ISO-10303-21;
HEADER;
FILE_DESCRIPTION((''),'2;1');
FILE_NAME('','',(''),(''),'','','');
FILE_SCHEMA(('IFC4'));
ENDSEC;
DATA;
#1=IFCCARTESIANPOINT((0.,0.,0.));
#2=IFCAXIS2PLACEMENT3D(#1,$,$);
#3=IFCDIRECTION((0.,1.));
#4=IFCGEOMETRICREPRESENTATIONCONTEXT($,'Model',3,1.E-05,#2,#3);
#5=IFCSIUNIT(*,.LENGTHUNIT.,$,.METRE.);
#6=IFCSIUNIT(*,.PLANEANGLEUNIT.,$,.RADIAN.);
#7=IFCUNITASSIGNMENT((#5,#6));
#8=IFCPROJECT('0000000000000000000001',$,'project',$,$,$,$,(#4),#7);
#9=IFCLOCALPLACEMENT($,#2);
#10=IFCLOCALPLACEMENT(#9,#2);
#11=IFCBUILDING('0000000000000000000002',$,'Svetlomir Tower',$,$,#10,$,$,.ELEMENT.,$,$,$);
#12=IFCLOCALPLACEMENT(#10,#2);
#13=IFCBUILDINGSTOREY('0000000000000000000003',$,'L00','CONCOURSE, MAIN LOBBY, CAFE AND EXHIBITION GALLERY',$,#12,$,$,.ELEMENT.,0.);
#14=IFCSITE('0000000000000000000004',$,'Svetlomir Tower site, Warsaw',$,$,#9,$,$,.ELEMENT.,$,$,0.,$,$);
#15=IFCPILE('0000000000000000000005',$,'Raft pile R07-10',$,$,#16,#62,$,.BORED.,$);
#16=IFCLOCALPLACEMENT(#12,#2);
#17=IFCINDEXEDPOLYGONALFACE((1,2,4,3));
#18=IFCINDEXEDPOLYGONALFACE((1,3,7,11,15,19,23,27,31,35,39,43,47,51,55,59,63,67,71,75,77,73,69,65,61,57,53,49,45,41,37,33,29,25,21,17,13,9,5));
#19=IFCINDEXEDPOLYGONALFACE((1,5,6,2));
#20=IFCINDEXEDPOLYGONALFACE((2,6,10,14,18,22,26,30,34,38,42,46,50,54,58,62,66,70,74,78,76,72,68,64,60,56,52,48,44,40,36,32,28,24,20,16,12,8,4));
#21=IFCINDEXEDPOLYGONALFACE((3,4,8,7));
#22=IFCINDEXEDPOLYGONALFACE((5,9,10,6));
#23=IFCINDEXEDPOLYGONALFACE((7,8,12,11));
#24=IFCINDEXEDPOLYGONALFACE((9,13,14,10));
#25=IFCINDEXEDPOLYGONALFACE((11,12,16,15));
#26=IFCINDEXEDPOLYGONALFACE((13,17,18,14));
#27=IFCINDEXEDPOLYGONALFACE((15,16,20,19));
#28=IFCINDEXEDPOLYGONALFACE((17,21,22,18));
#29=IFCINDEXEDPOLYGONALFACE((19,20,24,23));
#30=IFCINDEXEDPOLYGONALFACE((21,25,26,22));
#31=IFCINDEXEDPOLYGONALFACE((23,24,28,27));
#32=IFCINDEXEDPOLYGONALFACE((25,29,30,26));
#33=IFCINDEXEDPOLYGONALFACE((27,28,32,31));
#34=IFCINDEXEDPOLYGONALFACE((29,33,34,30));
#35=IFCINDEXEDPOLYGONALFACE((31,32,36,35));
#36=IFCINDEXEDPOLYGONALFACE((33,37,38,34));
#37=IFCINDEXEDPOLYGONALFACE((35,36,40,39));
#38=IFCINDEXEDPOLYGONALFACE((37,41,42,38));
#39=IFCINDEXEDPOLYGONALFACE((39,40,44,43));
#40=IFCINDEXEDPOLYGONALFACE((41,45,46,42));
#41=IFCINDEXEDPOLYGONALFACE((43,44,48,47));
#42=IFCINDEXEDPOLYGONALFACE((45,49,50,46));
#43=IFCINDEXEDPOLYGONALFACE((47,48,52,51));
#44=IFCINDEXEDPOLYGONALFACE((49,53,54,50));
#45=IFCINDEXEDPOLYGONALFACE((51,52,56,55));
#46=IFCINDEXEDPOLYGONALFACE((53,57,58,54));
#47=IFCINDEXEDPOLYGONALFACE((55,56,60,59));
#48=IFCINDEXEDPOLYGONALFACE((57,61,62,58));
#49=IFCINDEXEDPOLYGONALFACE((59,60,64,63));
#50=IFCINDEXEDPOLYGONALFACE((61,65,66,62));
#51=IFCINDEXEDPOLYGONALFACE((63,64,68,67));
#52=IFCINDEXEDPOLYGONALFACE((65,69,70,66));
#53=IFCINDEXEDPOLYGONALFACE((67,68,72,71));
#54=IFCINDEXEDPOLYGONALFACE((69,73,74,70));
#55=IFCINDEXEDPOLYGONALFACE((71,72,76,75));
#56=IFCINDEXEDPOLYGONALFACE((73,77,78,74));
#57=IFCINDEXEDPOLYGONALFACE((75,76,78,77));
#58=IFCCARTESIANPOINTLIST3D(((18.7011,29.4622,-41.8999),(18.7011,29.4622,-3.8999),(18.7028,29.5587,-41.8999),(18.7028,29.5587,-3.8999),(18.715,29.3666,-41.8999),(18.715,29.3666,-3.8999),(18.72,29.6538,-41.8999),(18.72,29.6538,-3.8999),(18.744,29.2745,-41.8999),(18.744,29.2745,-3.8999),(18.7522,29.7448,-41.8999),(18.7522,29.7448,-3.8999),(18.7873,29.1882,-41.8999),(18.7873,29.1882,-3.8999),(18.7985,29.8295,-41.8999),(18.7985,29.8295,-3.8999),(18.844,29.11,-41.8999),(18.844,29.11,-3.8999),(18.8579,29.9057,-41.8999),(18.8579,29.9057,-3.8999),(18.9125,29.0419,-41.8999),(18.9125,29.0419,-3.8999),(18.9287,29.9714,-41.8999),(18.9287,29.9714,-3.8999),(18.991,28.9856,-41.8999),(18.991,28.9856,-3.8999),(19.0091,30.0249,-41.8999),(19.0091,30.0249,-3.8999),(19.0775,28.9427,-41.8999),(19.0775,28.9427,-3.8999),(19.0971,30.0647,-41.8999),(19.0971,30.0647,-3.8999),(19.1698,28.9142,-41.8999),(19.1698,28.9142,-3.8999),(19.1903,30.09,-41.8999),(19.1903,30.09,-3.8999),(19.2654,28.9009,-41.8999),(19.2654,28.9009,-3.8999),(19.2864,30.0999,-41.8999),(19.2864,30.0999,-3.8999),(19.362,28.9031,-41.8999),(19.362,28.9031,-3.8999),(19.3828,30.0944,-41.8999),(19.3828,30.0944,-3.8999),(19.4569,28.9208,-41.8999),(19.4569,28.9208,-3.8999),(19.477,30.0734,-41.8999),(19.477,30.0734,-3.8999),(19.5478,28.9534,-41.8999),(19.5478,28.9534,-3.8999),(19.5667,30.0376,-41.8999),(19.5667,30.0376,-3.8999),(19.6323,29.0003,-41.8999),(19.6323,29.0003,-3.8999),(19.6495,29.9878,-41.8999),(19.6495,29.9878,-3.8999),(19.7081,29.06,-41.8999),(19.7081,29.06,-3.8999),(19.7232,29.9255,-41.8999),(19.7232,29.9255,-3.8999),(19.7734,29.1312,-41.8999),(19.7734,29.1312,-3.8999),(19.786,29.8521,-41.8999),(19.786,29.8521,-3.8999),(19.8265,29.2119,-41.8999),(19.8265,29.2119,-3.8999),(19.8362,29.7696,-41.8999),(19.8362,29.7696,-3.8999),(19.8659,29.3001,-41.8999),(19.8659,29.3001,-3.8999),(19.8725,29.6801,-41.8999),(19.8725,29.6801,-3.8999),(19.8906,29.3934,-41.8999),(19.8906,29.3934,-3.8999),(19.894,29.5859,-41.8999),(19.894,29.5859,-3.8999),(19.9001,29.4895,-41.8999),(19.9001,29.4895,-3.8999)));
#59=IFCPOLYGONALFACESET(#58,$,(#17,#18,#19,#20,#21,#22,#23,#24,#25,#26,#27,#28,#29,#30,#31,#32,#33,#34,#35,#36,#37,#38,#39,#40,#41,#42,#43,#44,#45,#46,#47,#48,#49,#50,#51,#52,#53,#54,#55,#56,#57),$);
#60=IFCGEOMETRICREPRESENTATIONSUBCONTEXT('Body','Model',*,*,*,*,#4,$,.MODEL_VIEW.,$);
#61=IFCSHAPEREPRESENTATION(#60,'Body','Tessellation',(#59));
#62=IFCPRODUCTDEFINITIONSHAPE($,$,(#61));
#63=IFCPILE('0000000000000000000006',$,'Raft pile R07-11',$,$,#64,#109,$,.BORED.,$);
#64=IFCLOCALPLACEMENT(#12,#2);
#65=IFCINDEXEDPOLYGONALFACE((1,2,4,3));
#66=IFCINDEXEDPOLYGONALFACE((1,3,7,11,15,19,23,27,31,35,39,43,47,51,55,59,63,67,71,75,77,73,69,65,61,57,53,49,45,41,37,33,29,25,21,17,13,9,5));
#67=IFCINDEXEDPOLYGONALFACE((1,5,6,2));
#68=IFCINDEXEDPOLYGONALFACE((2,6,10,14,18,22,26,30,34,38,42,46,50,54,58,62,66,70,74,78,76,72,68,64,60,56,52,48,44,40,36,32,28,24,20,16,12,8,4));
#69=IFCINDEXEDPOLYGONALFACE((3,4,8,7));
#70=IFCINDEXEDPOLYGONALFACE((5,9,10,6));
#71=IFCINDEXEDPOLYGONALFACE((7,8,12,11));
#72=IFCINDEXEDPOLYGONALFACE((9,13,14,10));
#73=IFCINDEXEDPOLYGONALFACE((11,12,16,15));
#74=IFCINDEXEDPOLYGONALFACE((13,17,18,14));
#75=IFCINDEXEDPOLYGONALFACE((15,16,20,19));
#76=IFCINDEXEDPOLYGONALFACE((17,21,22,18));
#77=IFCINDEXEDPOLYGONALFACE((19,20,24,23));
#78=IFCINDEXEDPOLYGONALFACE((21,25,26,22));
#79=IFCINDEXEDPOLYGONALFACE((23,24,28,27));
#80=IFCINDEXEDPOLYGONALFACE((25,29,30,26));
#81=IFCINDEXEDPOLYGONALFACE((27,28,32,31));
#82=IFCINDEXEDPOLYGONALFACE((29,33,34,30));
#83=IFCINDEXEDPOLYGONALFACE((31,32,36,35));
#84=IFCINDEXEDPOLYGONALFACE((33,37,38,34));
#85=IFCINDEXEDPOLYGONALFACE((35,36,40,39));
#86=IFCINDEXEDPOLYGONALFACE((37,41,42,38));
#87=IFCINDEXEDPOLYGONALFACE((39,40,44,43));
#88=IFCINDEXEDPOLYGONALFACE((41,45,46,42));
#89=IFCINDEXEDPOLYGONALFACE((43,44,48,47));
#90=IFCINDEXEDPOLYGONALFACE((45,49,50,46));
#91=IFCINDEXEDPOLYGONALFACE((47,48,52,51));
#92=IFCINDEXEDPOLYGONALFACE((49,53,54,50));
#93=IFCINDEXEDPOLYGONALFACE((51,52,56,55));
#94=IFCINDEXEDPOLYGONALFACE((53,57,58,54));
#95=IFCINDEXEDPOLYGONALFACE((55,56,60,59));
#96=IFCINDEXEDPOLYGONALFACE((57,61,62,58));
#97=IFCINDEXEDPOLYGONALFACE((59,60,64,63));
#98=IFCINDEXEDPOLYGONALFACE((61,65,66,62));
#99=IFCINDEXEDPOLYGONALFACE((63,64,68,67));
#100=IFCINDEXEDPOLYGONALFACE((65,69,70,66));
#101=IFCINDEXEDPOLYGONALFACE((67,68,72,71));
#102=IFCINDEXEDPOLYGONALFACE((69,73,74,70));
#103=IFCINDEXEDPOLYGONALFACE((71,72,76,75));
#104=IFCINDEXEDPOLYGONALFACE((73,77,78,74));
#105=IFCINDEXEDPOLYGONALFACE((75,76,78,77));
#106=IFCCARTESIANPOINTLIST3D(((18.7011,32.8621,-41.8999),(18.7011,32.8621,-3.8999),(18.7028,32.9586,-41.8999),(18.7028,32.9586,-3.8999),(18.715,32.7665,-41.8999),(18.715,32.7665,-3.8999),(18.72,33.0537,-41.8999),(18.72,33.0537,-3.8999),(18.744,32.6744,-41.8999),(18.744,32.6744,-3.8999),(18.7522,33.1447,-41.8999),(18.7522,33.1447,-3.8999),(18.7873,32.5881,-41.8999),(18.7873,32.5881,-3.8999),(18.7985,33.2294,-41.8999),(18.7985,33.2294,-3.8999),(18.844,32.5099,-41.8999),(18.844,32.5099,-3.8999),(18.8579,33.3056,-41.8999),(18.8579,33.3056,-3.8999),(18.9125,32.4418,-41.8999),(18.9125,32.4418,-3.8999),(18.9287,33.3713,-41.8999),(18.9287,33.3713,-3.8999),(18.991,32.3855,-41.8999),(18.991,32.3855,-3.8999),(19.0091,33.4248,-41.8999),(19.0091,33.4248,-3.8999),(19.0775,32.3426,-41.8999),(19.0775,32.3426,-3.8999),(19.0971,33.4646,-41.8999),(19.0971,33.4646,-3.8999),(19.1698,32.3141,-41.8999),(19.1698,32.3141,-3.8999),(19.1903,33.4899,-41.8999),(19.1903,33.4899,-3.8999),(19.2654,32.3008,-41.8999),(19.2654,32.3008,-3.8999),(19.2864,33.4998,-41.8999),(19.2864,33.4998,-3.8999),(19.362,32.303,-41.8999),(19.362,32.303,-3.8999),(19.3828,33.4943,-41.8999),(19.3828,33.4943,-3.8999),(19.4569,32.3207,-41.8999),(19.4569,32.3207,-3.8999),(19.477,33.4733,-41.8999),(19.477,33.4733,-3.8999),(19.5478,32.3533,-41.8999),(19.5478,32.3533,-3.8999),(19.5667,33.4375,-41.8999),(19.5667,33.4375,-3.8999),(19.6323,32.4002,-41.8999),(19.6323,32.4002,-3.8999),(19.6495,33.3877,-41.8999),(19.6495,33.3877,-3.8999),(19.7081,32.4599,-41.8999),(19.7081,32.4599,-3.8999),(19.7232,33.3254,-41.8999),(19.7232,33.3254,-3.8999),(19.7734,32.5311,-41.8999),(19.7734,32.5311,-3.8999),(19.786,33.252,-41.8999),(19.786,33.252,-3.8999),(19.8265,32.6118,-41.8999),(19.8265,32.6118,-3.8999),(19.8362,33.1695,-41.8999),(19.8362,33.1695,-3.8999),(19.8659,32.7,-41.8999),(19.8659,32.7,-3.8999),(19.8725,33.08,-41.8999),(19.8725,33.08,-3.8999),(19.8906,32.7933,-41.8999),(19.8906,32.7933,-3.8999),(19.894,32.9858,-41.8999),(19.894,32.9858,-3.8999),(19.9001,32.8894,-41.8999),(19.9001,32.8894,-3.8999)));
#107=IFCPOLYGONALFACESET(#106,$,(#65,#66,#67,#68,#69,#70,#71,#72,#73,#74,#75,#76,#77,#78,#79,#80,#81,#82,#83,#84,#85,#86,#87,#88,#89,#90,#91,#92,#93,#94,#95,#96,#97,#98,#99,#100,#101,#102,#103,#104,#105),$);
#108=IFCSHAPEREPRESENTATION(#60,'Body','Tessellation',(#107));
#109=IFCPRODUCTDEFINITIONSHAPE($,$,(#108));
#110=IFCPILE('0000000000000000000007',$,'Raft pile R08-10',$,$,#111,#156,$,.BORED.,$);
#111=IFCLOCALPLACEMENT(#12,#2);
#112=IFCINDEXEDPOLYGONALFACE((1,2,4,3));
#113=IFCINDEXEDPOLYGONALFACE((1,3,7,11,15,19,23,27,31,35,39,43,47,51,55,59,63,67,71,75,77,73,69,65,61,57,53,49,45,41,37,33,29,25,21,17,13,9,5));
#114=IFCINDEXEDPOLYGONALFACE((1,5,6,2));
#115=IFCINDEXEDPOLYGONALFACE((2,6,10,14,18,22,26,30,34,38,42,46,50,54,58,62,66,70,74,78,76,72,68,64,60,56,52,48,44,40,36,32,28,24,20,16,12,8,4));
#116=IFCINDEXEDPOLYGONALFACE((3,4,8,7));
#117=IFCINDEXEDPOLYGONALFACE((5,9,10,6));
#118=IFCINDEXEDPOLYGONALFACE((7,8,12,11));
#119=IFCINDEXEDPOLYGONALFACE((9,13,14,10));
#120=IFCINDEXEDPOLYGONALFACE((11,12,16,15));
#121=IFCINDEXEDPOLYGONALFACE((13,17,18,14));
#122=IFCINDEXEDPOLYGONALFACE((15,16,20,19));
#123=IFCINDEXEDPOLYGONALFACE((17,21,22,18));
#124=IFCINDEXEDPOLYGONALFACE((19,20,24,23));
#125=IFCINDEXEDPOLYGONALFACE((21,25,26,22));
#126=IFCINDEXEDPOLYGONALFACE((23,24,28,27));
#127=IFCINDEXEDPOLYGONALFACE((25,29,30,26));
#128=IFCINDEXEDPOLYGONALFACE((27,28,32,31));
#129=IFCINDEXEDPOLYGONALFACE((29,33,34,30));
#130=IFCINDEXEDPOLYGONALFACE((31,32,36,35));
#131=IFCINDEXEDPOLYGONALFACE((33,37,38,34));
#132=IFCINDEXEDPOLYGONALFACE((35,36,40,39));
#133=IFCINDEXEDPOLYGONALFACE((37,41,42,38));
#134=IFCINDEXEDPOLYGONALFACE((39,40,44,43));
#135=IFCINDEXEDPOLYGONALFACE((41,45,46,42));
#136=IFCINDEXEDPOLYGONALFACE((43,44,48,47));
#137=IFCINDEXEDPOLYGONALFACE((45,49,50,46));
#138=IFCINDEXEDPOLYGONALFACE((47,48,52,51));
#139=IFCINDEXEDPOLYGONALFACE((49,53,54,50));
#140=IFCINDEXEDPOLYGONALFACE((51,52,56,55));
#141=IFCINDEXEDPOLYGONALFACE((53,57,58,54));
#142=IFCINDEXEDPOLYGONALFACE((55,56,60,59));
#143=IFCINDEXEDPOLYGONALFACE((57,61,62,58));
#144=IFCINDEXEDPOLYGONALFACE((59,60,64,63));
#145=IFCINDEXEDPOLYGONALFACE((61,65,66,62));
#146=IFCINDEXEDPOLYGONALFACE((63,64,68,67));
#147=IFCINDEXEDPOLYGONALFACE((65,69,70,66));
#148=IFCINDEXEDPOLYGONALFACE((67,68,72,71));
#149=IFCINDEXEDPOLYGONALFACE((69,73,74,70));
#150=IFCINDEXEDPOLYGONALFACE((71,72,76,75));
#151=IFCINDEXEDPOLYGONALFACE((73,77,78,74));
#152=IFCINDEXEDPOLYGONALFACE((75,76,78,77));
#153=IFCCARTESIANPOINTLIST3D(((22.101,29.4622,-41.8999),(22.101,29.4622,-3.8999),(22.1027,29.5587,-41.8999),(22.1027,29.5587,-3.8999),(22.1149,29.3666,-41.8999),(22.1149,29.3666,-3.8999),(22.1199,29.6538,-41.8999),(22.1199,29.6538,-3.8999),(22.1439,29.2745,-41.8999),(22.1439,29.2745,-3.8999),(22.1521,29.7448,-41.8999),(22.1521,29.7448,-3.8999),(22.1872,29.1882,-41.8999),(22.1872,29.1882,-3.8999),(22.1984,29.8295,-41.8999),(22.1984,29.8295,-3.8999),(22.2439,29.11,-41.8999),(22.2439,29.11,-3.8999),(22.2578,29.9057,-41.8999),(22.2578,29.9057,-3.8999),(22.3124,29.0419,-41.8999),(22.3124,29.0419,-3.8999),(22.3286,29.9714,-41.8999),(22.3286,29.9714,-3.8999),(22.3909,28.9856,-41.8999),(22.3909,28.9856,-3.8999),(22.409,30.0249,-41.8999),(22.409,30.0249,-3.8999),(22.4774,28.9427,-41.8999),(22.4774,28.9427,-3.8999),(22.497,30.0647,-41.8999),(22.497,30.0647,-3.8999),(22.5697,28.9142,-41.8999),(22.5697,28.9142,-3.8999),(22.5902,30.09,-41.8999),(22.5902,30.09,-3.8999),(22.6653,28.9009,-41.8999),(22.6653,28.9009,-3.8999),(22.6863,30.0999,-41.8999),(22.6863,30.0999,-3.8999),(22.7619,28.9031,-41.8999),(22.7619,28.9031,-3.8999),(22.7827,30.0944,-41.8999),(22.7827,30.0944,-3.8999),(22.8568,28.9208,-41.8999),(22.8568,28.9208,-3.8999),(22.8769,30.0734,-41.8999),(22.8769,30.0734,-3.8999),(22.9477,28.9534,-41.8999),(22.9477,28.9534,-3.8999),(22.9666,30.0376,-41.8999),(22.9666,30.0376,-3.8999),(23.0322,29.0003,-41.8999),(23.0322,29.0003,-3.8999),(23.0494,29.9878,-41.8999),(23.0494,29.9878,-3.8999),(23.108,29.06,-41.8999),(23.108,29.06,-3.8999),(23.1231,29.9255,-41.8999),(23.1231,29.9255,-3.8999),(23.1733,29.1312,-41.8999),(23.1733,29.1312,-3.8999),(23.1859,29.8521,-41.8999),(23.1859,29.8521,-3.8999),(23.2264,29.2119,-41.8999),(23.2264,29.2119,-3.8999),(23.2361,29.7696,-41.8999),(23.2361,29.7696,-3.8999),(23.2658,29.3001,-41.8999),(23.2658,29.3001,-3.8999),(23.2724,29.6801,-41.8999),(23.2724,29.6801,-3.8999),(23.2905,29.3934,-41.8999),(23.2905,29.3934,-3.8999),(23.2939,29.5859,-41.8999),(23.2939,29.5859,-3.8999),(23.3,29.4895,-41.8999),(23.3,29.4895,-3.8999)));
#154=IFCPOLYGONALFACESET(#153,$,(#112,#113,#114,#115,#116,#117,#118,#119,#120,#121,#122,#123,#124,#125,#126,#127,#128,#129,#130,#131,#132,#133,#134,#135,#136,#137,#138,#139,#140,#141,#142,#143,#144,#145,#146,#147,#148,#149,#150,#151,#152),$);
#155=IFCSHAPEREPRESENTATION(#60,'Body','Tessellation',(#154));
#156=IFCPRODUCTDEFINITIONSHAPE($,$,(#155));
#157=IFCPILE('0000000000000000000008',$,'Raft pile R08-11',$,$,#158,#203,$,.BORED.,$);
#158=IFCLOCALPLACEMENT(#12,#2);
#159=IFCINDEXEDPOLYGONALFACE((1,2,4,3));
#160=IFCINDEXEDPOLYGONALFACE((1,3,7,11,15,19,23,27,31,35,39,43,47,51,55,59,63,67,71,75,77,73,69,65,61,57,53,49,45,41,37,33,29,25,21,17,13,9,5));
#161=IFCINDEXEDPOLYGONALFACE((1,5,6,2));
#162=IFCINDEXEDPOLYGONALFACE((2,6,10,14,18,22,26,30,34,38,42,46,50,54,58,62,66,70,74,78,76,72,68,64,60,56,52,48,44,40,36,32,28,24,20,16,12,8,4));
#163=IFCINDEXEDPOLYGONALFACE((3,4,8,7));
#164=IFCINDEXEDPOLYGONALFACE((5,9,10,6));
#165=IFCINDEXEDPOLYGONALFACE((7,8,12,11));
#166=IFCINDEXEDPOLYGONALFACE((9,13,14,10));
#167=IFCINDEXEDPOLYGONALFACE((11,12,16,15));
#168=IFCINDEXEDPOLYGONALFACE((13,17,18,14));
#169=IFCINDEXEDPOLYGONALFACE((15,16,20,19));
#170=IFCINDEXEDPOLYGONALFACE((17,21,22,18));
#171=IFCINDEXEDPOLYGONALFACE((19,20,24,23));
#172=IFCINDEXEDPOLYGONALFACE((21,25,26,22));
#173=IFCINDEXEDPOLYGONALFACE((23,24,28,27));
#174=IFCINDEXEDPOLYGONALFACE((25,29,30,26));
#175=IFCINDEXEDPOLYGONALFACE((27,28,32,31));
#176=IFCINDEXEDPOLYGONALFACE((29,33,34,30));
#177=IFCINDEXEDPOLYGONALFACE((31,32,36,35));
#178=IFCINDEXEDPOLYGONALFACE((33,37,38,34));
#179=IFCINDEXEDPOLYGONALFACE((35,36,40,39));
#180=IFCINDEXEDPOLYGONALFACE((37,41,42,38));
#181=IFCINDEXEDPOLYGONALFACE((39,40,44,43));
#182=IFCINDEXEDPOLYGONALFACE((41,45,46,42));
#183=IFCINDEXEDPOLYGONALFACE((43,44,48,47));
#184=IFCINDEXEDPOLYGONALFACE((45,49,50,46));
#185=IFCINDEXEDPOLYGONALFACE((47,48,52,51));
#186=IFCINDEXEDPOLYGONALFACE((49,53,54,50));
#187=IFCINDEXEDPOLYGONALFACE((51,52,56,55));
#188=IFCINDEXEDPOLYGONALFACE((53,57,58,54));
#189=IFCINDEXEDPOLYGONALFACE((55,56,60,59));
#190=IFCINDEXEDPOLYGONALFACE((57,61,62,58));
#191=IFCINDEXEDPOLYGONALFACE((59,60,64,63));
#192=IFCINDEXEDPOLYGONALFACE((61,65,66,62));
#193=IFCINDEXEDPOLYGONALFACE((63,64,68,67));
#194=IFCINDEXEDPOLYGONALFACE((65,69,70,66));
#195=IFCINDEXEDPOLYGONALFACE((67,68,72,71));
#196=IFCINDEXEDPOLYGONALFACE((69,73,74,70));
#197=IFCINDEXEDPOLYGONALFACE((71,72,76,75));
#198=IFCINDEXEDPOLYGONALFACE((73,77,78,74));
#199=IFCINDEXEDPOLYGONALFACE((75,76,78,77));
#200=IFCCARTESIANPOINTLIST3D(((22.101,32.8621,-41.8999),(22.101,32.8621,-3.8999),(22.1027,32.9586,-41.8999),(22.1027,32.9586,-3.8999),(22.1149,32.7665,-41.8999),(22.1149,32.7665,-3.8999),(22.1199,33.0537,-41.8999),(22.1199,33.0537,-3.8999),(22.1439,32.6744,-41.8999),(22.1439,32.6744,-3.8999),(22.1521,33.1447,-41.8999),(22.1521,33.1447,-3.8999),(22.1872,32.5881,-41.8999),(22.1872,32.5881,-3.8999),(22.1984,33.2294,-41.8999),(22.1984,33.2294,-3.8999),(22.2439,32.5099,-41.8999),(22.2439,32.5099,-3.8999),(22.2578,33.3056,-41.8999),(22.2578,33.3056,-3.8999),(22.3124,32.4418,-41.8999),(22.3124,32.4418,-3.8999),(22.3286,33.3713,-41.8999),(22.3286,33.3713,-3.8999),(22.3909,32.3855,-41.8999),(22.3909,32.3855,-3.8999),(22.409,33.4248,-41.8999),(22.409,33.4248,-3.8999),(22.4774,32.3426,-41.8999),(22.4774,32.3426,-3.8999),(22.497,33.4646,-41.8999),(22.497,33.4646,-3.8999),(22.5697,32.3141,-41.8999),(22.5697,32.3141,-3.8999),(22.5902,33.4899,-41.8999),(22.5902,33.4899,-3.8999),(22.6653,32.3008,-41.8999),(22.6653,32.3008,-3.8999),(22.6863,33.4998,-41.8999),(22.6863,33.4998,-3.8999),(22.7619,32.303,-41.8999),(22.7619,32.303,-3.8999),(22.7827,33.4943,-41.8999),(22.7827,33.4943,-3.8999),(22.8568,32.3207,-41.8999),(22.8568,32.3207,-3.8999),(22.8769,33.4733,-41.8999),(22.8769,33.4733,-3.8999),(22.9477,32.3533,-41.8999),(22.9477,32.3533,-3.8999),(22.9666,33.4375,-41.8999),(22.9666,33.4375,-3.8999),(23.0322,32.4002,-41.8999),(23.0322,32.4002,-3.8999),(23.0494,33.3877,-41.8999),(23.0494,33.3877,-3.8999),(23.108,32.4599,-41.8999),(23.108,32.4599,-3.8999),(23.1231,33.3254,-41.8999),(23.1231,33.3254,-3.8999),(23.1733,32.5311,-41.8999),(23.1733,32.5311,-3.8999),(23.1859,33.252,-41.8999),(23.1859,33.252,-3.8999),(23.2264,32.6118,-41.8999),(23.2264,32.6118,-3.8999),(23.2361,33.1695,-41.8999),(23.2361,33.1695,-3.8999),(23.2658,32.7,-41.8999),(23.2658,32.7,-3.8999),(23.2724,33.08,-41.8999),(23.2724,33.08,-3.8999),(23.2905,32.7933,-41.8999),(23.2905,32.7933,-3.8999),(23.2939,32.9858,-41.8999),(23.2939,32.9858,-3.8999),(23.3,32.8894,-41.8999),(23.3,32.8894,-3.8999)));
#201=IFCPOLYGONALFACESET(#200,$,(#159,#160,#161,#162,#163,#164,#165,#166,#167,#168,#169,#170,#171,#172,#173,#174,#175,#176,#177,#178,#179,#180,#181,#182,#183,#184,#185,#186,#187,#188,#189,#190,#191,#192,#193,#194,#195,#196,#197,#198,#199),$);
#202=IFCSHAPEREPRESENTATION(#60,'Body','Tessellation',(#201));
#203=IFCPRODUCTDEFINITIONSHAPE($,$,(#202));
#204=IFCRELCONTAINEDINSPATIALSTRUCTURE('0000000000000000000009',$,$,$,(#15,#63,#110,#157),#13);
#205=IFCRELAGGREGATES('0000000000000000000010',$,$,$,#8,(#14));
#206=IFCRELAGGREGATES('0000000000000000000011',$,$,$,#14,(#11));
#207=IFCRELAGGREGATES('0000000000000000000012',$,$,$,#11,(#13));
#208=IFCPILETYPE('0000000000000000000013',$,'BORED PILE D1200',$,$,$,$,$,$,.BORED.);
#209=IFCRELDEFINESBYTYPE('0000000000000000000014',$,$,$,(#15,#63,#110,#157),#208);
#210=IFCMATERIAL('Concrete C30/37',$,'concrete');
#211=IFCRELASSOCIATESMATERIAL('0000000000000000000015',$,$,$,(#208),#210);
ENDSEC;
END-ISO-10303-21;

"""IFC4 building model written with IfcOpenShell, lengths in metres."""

from ifc_helpers import new_model, si_unit, direction, frame, frame_2d, origin, origin_2d, place, context, subcontext, project, spatial, circle, extrude, material, material_profile, profile_set, type_object, element, save


model = new_model("IFC4")

# Units and contexts
model_context = context("Model", 3, precision=1e-05, world=origin(), true_north=direction((0.0, 1.0)))
body_context = subcontext(model_context, "Body", "Model", "MODEL_VIEW")
ifc_project = project(units=[si_unit("LENGTHUNIT", "METRE"), si_unit("PLANEANGLEUNIT", "RADIAN")], contexts=[model_context])

# Site, building, storey
site_placement = place(None, origin())
site = spatial("IfcSite", under=ifc_project, at=site_placement, Name="Svetlomir Tower site, Warsaw", CompositionType="ELEMENT", RefElevation=0.0)
building_placement = place(site_placement, origin())
building = spatial("IfcBuilding", under=site, at=building_placement, Name="Svetlomir Tower", CompositionType="ELEMENT")
storey_placement = place(building_placement, origin())
storey = spatial("IfcBuildingStorey", under=building, at=storey_placement, Name="L00", Description="CONCOURSE, MAIN LOBBY, CAFE AND EXHIBITION GALLERY", CompositionType="ELEMENT", Elevation=0.0)

# Piles
ifc_material_1 = material(Name="Concrete C30/37", Category="concrete")
ifc_material_profile = material_profile(ifc_material_1, circle(Radius=0.6001, at=origin_2d()), Name="D1200")
ifc_profile_set = profile_set([ifc_material_profile], Name="Concrete C30/37")
pile_type = type_object("IfcPileType", Name="BORED PILE D1200", PredefinedType="BORED", material=ifc_profile_set)
for number, where, z_axis, x_axis, name in (
    (1, (19.3, 29.5, -3.8999), (0.0, 0.0, -1.0), (1.0, 0.0, 0.0), "Raft pile R07-10"),
    (2, (19.3, 32.8999, -3.8999), (0.0, 0.0, -1.0), (1.0, 0.0, 0.0), "Raft pile R07-11"),
    (3, (22.7, 29.5, -3.8999), (0.0, 0.0, -1.0), (1.0, 0.0, 0.0), "Raft pile R08-10"),
    (4, (22.7, 32.8999, -3.8999), (0.0, 0.0, -1.0), (1.0, 0.0, 0.0), "Raft pile R08-11"),
):
    element("IfcPile", number, at=place(storey_placement, frame(where, z_axis=z_axis, x_axis=x_axis)), inside=storey, type_object=pile_type, Name=name, PredefinedType="BORED", context=body_context, shape_type="SweptSolid", body=[
        extrude(circle(Radius=0.6001, at=frame_2d((0.0, 0.0), x_axis=(0.999848, 0.017452))), origin(), (0.0, 0.0, 1.0), 38.0),
    ])

save(model, "model.ifc")
